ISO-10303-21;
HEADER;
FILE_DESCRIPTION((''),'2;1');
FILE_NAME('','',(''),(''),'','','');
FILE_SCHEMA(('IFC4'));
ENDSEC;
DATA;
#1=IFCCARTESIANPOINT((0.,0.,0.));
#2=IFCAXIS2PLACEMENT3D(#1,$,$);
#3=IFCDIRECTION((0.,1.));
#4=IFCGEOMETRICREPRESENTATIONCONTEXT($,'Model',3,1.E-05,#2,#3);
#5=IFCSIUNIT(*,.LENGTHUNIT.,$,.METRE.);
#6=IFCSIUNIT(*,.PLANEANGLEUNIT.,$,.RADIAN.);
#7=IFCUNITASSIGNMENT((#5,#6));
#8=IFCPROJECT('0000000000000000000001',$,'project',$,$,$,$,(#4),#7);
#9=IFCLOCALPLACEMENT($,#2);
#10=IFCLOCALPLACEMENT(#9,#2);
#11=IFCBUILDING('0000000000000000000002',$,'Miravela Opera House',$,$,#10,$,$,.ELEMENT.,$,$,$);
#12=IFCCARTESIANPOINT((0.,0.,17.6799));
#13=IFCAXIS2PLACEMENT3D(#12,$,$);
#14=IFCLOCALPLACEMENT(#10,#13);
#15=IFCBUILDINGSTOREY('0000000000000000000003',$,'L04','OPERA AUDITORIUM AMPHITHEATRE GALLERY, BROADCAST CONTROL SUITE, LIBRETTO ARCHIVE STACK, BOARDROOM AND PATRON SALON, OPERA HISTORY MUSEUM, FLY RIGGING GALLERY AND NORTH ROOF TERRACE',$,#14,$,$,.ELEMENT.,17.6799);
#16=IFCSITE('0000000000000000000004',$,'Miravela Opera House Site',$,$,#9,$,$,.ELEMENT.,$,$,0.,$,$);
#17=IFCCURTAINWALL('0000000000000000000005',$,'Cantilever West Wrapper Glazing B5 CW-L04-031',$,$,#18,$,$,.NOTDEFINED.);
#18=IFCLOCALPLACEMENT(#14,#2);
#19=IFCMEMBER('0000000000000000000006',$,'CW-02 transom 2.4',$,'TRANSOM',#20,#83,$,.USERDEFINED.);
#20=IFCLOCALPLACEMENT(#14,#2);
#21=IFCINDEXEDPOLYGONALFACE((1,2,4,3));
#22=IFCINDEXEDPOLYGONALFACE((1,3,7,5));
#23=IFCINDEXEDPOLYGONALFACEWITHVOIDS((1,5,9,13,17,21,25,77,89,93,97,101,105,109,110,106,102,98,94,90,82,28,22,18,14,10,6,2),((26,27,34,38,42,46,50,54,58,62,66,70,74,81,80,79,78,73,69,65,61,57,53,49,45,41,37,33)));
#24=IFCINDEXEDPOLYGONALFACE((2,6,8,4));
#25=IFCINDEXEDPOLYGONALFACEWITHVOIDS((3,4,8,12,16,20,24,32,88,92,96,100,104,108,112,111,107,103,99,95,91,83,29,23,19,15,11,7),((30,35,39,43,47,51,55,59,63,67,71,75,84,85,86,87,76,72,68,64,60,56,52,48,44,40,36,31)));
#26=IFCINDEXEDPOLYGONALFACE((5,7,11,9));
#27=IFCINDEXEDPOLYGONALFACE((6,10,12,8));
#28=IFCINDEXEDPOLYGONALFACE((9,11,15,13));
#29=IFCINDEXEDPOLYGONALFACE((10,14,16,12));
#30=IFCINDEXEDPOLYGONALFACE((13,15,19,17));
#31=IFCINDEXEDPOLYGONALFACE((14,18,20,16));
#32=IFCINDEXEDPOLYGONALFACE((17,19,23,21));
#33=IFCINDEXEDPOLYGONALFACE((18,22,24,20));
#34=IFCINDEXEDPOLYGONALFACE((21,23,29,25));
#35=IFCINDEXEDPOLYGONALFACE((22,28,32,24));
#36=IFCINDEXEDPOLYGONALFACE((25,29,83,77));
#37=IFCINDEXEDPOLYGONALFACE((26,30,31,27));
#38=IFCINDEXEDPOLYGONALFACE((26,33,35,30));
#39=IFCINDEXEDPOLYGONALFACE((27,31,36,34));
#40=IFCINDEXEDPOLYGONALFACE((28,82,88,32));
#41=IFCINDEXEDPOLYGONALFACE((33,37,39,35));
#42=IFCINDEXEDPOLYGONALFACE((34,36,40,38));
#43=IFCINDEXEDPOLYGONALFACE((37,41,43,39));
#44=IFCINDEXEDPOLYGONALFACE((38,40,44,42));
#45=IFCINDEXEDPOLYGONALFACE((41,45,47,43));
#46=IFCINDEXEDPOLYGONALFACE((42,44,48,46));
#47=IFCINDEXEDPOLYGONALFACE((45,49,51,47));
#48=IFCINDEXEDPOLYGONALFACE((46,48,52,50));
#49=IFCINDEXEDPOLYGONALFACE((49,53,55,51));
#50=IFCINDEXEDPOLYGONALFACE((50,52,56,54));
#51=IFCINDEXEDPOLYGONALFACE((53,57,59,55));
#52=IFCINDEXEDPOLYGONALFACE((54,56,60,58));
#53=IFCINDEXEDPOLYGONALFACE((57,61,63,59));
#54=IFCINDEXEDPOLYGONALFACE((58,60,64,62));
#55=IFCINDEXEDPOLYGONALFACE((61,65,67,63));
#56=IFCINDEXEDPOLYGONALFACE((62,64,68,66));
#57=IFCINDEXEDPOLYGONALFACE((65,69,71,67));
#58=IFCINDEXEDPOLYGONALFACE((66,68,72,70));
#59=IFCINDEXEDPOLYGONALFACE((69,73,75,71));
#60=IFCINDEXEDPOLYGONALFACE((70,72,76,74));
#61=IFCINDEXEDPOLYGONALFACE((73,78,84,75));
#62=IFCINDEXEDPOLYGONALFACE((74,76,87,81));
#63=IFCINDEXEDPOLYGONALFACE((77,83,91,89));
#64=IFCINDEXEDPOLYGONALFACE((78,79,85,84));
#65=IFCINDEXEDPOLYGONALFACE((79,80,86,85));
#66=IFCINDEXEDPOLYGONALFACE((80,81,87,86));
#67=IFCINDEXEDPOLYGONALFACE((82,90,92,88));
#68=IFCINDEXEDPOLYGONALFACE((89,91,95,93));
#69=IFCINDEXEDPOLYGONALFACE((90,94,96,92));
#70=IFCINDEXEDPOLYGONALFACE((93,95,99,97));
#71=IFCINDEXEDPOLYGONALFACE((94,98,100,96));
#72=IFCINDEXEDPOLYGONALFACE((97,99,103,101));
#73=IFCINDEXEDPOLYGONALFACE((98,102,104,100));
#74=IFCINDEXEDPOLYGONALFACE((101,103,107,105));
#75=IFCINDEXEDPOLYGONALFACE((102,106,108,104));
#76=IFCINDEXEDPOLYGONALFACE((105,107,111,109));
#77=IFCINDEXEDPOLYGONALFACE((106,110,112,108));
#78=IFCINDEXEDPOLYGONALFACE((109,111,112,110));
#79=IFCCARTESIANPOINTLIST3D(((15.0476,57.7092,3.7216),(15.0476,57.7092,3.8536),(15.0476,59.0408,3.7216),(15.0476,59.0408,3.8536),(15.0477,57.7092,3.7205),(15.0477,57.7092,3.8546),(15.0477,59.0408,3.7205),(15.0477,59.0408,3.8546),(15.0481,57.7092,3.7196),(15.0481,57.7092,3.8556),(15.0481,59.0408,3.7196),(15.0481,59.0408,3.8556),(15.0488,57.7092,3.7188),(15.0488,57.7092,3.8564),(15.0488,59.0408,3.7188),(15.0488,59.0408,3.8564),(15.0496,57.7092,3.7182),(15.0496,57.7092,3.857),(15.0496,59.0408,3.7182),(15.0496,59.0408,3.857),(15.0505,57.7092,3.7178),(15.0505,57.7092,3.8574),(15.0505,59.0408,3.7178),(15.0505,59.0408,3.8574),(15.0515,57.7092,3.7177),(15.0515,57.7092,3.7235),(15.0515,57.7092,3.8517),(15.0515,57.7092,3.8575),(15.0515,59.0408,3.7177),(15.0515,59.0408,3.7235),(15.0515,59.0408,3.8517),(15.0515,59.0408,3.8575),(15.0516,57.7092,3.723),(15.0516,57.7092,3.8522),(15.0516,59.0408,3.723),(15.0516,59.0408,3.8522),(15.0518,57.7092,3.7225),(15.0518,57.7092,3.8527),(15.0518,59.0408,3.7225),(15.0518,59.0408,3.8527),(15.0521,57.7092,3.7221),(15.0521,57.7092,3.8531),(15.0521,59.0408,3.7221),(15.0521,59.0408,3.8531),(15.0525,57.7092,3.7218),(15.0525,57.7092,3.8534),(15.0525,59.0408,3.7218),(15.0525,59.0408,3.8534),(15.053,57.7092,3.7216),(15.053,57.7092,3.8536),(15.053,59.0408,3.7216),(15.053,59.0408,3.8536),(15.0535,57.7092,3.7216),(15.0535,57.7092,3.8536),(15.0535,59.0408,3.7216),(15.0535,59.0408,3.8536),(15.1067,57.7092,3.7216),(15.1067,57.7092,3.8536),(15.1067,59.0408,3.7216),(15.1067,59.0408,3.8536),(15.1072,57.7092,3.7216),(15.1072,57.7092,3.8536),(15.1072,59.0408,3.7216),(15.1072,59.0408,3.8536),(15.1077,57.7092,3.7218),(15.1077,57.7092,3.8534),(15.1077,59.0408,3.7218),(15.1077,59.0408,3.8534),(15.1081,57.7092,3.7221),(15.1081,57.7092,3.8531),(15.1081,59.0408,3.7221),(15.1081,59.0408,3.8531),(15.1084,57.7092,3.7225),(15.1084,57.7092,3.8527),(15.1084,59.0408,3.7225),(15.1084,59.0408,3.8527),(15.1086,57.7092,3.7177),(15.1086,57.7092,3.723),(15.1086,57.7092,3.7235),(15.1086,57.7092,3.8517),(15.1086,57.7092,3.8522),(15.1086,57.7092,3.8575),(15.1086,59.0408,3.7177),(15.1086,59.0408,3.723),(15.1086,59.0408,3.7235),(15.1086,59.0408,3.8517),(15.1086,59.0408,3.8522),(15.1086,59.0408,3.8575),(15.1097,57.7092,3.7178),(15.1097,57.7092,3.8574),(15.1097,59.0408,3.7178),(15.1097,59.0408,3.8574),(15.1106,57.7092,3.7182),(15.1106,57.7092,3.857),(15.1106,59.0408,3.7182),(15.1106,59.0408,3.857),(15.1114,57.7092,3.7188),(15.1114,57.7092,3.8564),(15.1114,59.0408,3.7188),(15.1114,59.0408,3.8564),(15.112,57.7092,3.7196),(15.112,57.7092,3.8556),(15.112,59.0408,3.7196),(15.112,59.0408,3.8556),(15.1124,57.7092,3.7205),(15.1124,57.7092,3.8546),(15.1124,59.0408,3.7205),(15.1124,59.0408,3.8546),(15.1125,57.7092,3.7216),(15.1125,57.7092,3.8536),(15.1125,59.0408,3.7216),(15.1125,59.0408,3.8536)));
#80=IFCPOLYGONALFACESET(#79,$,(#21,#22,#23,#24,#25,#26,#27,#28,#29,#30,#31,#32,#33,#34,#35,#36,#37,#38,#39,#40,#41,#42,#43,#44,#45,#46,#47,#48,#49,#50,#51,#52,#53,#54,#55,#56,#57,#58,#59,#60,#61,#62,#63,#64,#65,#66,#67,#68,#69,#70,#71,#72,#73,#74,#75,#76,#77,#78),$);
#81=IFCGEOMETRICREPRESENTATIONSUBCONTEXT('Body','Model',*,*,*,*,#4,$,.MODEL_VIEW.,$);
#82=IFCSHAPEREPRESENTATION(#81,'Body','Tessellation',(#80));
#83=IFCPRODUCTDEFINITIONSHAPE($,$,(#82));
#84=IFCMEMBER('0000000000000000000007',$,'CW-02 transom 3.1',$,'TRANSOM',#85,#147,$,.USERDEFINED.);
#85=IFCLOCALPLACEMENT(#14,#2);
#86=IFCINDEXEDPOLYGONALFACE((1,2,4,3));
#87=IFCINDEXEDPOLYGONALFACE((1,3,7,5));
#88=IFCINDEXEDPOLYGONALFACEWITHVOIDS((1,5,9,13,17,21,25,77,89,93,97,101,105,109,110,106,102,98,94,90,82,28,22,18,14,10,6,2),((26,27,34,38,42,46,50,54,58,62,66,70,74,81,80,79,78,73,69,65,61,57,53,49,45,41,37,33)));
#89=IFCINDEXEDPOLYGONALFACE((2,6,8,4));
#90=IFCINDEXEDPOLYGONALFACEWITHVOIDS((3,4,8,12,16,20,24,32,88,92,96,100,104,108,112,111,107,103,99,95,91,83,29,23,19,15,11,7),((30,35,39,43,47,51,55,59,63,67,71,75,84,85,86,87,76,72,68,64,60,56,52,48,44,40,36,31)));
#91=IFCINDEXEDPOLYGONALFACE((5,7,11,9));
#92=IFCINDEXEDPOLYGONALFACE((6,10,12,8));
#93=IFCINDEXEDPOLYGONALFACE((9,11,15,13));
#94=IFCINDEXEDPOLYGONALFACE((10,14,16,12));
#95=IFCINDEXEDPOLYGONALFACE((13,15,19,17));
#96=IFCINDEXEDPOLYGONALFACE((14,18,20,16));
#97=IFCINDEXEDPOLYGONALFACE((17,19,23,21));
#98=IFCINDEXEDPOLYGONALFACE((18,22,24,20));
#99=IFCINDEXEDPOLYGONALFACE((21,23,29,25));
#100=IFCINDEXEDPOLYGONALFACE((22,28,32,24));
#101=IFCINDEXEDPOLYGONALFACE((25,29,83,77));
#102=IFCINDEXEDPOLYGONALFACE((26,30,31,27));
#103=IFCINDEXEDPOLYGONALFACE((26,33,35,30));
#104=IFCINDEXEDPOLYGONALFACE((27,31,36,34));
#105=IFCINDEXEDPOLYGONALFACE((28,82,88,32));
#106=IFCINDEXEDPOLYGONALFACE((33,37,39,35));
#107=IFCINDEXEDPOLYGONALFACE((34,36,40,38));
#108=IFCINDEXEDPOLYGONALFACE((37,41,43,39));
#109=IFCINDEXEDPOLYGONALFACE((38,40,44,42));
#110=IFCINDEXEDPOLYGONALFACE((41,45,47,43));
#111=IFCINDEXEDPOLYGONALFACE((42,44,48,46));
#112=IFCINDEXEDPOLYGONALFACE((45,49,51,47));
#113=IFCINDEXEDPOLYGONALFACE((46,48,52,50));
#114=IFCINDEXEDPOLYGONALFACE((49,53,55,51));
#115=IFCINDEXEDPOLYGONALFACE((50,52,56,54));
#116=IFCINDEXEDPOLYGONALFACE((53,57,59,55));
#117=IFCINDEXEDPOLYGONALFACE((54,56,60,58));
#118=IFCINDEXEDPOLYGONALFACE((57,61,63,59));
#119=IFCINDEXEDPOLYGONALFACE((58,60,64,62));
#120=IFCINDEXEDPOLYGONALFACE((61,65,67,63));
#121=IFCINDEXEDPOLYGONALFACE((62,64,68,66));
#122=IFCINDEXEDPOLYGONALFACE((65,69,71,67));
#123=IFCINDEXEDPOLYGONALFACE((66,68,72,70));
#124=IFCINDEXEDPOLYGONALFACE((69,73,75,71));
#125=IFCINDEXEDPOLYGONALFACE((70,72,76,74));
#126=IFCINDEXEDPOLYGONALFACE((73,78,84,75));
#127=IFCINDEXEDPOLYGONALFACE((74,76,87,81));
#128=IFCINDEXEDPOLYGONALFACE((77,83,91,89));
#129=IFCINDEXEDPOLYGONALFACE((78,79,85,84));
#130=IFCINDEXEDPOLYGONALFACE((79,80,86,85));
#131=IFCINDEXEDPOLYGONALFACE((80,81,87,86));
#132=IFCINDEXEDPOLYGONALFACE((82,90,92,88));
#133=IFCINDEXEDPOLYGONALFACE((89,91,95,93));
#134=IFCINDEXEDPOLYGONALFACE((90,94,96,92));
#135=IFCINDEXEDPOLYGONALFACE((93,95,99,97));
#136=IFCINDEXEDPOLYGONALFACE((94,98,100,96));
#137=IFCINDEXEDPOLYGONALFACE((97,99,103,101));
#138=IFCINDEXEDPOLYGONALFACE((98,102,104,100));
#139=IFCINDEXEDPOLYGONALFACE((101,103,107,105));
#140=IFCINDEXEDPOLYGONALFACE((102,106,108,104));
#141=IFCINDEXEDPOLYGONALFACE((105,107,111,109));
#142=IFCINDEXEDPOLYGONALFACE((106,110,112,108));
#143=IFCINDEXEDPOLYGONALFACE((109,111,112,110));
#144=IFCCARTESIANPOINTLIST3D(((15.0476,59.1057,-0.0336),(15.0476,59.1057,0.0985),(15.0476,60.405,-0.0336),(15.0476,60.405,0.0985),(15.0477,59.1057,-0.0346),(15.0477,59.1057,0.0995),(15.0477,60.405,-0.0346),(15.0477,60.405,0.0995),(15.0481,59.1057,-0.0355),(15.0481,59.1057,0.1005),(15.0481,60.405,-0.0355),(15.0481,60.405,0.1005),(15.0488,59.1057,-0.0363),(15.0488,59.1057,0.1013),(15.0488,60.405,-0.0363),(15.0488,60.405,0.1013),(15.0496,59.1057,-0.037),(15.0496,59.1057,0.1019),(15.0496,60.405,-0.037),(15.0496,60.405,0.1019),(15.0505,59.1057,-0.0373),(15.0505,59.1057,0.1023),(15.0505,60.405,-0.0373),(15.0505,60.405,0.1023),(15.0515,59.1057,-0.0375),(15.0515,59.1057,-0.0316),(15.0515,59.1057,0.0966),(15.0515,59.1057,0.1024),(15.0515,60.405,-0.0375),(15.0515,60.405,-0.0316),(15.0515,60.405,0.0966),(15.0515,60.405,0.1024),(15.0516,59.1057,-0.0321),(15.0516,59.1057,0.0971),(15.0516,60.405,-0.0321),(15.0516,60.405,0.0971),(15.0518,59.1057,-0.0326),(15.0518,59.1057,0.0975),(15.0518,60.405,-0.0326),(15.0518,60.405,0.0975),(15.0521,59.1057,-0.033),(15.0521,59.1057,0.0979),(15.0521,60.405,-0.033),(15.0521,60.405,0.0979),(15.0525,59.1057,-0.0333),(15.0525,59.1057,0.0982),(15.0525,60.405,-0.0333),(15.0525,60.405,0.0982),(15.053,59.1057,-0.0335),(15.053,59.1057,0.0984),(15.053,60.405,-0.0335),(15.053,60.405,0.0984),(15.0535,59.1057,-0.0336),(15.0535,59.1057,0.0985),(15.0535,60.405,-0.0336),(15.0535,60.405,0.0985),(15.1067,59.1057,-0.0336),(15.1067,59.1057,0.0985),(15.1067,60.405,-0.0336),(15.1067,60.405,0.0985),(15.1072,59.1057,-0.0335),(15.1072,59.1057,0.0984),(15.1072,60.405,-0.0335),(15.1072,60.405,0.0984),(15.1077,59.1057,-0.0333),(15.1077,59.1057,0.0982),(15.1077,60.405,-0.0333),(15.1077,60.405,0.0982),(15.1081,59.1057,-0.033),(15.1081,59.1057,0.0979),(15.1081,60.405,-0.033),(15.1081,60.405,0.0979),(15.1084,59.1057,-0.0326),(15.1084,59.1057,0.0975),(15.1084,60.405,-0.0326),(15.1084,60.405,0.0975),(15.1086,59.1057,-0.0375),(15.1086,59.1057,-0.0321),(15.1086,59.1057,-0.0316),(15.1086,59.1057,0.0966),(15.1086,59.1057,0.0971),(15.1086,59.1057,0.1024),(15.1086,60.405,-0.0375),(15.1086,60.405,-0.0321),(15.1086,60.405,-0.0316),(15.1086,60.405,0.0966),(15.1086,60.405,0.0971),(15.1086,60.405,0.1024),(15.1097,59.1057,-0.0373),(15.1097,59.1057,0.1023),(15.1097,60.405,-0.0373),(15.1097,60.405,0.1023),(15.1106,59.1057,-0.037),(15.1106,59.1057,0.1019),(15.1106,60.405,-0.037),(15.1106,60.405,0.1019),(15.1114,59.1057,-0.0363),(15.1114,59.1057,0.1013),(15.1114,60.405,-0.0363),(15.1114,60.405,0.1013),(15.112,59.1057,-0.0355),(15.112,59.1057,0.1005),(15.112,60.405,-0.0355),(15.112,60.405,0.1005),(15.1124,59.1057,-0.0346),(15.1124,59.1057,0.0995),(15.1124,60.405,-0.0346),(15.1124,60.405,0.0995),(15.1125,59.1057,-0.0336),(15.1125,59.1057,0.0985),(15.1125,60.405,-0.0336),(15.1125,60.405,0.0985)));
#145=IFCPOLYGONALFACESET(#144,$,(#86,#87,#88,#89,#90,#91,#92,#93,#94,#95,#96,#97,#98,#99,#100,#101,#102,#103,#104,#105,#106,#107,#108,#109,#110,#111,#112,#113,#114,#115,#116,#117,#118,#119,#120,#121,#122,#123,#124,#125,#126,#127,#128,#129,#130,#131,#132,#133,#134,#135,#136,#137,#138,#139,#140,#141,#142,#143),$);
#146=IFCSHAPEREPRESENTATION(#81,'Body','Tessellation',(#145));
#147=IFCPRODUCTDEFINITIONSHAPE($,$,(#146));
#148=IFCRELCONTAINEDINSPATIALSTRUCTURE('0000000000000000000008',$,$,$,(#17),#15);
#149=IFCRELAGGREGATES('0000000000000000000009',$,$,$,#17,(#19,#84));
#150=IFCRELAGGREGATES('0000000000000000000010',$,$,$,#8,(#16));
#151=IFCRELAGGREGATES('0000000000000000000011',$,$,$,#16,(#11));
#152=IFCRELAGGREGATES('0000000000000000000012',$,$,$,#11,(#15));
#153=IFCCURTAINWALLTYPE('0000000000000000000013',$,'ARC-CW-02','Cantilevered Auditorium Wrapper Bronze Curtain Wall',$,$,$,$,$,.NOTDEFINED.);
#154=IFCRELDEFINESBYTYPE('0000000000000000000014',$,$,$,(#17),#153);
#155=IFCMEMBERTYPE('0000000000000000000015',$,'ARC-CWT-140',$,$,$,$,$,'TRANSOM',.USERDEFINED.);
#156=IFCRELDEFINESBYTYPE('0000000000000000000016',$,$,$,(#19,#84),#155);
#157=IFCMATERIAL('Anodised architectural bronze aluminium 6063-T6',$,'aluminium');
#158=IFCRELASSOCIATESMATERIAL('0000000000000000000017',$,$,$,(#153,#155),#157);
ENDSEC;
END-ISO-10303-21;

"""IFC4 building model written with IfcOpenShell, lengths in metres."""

from ifc_helpers import new_model, si_unit, direction, frame, origin, origin_2d, place, context, subcontext, project, spatial, hollow_rectangle, extrude, material, material_profile, profile_set, type_object, element, aggregate, save


model = new_model("IFC4")

# Units and contexts
model_context = context("Model", 3, precision=1e-05, world=origin(), true_north=direction((0.0, 1.0)))
body_context = subcontext(model_context, "Body", "Model", "MODEL_VIEW")
ifc_project = project(units=[si_unit("LENGTHUNIT", "METRE"), si_unit("PLANEANGLEUNIT", "RADIAN")], contexts=[model_context])

# Site, building, storey
site_placement = place(None, origin())
site = spatial("IfcSite", under=ifc_project, at=site_placement, Name="Miravela Opera House Site", CompositionType="ELEMENT", RefElevation=0.0)
building_placement = place(site_placement, origin())
building = spatial("IfcBuilding", under=site, at=building_placement, Name="Miravela Opera House", CompositionType="ELEMENT")
storey_placement = place(building_placement, frame((0.0, 0.0, 17.6799)))
storey = spatial("IfcBuildingStorey", under=building, at=storey_placement, Name="L04", Description="OPERA AUDITORIUM AMPHITHEATRE GALLERY, BROADCAST CONTROL SUITE, LIBRETTO ARCHIVE STACK, BOARDROOM AND PATRON SALON, OPERA HISTORY MUSEUM, FLY RIGGING GALLERY AND NORTH ROOF TERRACE", CompositionType="ELEMENT", Elevation=17.6799)

# Curtain wall, members
ifc_material_1 = material(Name="Anodised architectural bronze aluminium 6063-T6", Category="aluminium")
curtain_wall_type = type_object("IfcCurtainWallType", Name="ARC-CW-02", Description="Cantilevered Auditorium Wrapper Bronze Curtain Wall", PredefinedType="NOTDEFINED", material=ifc_material_1)
curtain_wall_placement = place(storey_placement, origin())
curtain_wall = element("IfcCurtainWall", 1, at=curtain_wall_placement, inside=storey, type_object=curtain_wall_type, Name="Cantilever West Wrapper Glazing B5 CW-L04-031", PredefinedType="NOTDEFINED")
ifc_material_profile_1 = material_profile(ifc_material_1, hollow_rectangle(XDim=0.0649, YDim=0.1399, WallThickness=0.0039, InnerFilletRadius=0.002, OuterFilletRadius=0.0039, at=origin_2d()), Name="CWT-65X140")
ifc_profile_set_1 = profile_set([ifc_material_profile_1])
member_type_1 = type_object("IfcMemberType", Name="ARC-CWT-140", ElementType="TRANSOM", PredefinedType="USERDEFINED", material=ifc_profile_set_1)
member_1_placement = place(storey_placement, frame((15.0801, 57.7092, 3.7876), z_axis=(0.0, 1.0, 0.0), x_axis=(-1.0, 0.0, 0.0)))
member_1 = element("IfcMember", 2, at=member_1_placement, type_object=member_type_1, Name="CW-02 transom 2.4", ObjectType="TRANSOM", PredefinedType="USERDEFINED", context=body_context, shape_type="SweptSolid", body=[
    extrude(hollow_rectangle(XDim=0.0649, YDim=0.1399, WallThickness=0.0039, InnerFilletRadius=0.002, OuterFilletRadius=0.0039, at=origin_2d()), origin(), (0.0, 0.0, 1.0), 1.3315),
])
member_2_placement = place(storey_placement, frame((15.0801, 59.1057, 0.0325), z_axis=(0.0, 1.0, 0.0), x_axis=(-1.0, 0.0, 0.0)))
member_2 = element("IfcMember", 3, at=member_2_placement, type_object=member_type_1, Name="CW-02 transom 3.1", ObjectType="TRANSOM", PredefinedType="USERDEFINED", context=body_context, shape_type="SweptSolid", body=[
    extrude(hollow_rectangle(XDim=0.0649, YDim=0.1399, WallThickness=0.0039, InnerFilletRadius=0.002, OuterFilletRadius=0.0039, at=origin_2d()), origin(), (0.0, 0.0, 1.0), 1.2993),
])

aggregate(curtain_wall, [member_1, member_2])

save(model, "model.ifc")
